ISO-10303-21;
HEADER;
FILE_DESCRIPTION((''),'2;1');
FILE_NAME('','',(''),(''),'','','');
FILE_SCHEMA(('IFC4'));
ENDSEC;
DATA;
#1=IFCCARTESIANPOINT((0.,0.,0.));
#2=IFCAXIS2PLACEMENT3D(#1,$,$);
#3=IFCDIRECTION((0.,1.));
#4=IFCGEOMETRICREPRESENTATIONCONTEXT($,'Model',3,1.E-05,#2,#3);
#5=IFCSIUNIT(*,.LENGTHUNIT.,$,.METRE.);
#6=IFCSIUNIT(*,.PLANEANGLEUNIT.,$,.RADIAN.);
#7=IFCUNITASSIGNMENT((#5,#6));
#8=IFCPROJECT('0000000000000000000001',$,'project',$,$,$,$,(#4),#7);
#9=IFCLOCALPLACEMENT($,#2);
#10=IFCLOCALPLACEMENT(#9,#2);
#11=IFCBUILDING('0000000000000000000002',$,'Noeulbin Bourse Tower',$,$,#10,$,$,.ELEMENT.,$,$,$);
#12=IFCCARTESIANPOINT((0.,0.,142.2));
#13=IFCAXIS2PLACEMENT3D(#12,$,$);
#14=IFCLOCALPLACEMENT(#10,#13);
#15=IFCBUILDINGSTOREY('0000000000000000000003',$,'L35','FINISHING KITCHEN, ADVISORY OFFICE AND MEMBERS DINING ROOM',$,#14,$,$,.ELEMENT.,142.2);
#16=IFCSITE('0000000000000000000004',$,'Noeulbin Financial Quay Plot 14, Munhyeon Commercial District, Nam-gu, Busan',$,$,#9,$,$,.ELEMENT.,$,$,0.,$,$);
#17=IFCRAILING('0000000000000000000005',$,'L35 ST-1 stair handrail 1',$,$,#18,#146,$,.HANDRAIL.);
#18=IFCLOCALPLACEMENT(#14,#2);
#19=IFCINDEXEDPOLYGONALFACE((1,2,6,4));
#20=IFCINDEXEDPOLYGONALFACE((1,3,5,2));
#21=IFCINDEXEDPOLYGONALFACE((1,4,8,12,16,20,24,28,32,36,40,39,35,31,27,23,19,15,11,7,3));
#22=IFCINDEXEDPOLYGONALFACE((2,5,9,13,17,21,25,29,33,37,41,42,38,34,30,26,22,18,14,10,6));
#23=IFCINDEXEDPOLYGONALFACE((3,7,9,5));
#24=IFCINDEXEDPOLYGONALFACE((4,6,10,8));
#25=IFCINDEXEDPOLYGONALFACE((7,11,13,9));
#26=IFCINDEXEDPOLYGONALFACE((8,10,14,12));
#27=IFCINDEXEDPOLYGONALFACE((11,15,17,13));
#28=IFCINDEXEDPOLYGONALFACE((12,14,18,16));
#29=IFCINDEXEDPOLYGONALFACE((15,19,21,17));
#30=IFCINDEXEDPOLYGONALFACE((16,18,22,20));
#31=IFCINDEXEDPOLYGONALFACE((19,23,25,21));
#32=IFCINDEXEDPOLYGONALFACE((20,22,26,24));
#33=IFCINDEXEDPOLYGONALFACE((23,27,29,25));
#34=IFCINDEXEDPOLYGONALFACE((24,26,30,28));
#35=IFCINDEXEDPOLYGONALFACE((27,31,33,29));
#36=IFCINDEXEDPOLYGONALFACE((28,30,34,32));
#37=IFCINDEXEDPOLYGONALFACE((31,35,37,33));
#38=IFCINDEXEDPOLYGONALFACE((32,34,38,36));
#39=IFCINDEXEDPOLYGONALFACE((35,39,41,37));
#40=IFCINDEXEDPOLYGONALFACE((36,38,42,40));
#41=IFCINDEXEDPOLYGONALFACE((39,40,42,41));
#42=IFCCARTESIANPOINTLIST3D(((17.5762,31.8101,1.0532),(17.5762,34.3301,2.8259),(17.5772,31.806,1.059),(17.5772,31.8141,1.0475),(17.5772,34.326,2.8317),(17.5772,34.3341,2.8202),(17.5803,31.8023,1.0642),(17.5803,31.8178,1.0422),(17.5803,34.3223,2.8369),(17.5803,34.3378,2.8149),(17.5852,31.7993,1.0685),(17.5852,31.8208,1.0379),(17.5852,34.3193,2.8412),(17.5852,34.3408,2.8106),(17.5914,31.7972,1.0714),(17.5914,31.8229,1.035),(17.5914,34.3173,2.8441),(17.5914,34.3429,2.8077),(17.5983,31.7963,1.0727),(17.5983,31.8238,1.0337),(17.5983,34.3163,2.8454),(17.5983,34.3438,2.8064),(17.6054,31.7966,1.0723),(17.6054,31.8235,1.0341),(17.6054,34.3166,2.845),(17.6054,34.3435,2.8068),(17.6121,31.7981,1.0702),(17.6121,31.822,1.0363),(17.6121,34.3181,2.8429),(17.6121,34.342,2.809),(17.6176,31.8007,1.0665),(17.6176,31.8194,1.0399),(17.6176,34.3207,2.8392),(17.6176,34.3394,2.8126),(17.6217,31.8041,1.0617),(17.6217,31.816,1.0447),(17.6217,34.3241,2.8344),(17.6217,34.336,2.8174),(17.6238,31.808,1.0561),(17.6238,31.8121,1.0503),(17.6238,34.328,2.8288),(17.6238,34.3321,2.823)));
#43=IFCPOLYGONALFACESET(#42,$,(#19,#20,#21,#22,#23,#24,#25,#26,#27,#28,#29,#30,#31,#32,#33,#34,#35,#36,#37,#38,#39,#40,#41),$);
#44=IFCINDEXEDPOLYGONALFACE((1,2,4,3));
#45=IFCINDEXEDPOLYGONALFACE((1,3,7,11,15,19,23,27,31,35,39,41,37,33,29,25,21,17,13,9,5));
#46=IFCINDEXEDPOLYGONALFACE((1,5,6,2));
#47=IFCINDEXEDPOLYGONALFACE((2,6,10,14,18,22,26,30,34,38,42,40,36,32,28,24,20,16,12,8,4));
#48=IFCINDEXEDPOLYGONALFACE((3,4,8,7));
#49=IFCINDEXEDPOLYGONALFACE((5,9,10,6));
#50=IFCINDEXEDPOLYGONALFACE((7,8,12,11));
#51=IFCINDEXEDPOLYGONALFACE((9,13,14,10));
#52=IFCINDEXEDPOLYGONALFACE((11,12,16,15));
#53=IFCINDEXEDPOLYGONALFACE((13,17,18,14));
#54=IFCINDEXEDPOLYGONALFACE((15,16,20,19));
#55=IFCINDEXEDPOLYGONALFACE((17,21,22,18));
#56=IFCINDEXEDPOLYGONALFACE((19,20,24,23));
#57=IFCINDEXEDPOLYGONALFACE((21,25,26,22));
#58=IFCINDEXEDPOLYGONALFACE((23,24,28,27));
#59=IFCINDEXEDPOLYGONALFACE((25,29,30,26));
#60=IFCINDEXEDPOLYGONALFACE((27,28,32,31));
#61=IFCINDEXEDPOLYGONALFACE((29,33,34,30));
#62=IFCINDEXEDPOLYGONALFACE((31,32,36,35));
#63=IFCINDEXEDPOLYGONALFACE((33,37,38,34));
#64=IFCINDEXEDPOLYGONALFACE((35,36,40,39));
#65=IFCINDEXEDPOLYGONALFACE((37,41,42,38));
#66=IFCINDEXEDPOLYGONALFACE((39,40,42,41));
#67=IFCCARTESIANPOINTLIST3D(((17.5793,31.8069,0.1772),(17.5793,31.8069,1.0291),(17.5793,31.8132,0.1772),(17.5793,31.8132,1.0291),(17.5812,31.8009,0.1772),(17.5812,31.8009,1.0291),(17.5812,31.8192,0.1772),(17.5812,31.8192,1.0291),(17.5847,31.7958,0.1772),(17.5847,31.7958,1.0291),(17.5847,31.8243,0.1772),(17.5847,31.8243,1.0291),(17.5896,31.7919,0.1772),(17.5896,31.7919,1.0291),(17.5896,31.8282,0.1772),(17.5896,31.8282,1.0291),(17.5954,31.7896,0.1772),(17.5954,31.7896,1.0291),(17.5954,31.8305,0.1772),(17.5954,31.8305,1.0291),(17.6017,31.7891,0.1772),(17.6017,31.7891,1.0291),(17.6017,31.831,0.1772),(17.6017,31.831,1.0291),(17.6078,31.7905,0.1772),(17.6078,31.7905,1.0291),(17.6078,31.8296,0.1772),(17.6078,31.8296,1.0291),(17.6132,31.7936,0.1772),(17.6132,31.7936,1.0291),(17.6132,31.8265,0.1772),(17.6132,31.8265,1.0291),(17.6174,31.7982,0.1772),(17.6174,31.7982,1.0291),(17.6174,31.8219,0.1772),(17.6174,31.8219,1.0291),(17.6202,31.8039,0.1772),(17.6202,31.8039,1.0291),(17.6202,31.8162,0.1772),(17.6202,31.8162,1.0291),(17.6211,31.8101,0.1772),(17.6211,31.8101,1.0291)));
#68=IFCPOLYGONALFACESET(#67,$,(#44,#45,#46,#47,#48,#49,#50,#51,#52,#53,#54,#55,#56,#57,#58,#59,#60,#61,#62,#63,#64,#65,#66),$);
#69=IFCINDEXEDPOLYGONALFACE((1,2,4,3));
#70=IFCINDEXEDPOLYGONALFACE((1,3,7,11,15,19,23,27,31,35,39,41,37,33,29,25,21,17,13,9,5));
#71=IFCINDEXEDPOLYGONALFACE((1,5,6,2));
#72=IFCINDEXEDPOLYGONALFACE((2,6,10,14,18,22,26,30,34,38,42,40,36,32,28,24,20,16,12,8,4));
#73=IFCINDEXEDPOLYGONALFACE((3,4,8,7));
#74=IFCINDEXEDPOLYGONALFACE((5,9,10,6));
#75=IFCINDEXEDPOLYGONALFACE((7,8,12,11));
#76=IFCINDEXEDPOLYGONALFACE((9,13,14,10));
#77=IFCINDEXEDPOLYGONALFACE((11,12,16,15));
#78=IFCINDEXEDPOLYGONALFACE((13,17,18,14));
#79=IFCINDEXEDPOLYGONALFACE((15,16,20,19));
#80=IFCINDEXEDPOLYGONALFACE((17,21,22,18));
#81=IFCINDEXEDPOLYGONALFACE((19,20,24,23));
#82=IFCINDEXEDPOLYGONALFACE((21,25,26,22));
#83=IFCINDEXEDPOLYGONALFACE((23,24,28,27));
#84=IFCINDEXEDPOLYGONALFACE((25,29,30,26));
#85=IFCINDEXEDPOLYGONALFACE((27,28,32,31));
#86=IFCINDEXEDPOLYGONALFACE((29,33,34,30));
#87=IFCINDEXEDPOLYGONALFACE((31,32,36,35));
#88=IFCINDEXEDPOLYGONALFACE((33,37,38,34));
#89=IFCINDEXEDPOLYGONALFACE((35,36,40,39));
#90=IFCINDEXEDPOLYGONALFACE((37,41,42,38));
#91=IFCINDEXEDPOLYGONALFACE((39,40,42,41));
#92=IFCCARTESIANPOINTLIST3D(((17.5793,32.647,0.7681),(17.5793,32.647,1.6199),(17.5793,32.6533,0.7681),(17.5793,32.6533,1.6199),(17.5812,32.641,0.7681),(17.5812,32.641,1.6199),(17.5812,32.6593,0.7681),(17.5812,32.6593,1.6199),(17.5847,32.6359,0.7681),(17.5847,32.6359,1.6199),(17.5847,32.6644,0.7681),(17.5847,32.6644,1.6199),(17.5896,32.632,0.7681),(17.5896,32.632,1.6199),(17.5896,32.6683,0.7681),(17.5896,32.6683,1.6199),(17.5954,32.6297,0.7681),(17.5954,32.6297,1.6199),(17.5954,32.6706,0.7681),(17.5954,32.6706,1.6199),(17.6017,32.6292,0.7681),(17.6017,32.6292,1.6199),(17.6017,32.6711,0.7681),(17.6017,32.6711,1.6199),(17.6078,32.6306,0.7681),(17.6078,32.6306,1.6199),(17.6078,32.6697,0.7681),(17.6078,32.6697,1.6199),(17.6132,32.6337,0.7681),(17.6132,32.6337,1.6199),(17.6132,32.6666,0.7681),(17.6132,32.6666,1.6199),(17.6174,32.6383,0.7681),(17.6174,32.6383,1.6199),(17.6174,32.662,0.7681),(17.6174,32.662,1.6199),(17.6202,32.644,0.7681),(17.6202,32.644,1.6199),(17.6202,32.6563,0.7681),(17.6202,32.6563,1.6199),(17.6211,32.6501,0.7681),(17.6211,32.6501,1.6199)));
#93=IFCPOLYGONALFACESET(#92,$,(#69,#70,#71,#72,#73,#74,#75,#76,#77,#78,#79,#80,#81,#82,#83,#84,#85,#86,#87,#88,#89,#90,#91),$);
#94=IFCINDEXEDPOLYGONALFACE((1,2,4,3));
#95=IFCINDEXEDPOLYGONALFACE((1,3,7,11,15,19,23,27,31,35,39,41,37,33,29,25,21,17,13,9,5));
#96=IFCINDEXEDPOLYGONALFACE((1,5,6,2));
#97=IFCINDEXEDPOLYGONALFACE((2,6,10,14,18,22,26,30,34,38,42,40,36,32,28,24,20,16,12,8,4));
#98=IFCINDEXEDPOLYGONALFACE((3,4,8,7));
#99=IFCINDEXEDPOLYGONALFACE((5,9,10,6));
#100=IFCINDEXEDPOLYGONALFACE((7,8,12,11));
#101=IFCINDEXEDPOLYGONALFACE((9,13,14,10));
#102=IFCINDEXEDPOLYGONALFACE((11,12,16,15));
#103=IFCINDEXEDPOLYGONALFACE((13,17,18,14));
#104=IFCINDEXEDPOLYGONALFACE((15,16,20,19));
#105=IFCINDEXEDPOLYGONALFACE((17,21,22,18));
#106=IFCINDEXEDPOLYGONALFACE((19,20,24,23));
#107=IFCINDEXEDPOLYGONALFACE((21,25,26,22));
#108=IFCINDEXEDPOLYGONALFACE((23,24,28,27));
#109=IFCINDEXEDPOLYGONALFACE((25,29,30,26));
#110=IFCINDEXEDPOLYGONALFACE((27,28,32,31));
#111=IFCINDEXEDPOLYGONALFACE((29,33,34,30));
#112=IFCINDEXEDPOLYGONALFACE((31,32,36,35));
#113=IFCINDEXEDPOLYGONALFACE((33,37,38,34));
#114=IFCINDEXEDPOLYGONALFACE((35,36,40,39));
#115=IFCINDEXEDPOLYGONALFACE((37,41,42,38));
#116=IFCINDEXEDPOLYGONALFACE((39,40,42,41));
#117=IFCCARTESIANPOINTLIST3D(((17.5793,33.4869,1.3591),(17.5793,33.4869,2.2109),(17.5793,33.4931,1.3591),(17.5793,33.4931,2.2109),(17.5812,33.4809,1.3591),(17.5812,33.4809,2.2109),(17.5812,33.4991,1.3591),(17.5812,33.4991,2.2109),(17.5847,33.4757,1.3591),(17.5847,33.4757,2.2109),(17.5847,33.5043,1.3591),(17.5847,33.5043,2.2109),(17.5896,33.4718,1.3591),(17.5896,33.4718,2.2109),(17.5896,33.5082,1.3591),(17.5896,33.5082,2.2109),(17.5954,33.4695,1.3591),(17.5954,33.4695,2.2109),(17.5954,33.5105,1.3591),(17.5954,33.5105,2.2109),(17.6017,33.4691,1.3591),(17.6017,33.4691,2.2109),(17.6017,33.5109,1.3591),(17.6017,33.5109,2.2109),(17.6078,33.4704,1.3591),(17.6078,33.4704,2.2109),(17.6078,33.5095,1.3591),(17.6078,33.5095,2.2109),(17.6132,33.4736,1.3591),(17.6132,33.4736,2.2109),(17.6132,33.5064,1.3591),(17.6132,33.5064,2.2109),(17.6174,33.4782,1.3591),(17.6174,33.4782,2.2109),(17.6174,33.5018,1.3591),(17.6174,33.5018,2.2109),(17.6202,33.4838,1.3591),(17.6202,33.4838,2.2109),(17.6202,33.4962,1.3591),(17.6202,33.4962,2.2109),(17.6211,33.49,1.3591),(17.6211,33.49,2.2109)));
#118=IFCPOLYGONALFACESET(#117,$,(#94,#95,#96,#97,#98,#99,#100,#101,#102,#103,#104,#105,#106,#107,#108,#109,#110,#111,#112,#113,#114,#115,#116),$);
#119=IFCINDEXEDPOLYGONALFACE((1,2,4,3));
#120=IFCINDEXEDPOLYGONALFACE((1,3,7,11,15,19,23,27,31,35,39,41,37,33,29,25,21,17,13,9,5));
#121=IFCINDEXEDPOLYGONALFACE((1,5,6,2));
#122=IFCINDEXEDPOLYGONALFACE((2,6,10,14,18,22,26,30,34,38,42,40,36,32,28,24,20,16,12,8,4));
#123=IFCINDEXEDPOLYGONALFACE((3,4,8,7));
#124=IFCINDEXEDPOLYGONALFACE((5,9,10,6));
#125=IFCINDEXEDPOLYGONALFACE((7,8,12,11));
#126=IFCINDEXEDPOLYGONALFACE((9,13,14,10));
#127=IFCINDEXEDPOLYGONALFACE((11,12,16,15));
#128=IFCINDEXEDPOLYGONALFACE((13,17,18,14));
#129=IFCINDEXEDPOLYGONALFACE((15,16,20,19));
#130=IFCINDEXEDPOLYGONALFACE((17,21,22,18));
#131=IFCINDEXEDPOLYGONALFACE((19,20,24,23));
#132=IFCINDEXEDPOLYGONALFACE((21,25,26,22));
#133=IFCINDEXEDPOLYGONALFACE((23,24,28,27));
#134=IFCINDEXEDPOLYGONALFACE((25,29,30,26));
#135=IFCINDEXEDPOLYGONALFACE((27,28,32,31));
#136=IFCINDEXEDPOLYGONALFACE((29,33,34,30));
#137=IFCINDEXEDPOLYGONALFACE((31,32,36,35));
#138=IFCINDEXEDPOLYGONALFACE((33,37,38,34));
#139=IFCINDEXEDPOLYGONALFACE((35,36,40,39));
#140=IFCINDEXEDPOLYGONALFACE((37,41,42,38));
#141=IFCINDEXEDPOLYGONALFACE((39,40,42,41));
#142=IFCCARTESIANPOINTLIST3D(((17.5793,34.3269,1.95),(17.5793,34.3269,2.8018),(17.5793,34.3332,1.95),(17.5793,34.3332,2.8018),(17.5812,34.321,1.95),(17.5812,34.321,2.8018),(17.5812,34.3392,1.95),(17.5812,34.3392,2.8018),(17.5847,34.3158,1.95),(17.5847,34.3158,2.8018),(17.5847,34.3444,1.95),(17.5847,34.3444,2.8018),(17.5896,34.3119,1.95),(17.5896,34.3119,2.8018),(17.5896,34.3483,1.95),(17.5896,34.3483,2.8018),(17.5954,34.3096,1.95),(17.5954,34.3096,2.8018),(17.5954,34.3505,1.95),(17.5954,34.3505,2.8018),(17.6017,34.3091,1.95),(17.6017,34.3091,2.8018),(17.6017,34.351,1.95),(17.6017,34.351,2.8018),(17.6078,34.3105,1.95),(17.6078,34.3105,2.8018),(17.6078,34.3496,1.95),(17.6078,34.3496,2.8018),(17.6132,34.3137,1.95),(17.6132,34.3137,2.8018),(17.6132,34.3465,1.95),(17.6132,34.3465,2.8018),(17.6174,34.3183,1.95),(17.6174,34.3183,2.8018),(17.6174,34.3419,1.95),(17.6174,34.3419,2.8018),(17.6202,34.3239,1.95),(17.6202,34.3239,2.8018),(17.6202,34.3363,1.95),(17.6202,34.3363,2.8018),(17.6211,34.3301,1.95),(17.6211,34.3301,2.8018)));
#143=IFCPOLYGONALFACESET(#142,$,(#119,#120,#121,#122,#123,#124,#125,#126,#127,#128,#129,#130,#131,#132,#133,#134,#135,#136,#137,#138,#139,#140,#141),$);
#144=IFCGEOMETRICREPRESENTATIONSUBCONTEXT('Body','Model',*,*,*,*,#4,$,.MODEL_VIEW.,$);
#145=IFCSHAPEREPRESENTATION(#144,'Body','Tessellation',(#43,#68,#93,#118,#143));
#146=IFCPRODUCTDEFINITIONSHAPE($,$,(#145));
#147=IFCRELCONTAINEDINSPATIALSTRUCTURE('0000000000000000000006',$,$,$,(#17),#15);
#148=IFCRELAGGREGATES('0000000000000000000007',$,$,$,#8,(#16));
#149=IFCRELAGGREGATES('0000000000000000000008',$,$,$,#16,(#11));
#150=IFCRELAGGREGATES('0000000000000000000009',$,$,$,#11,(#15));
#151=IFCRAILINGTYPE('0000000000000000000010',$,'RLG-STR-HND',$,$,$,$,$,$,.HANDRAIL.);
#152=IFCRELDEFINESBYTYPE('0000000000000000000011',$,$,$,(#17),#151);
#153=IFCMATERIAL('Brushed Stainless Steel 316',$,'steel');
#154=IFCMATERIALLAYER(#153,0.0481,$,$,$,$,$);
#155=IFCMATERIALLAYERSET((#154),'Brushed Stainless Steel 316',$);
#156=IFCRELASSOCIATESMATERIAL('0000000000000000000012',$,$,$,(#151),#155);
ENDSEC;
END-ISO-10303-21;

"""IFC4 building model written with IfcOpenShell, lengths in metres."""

from ifc_helpers import new_model, si_unit, direction, frame, origin, origin_2d, place, context, subcontext, project, spatial, circle, extrude, material, layer, layer_set, type_object, element, save


model = new_model("IFC4")

# Units and contexts
model_context = context("Model", 3, precision=1e-05, world=origin(), true_north=direction((0.0, 1.0)))
body_context = subcontext(model_context, "Body", "Model", "MODEL_VIEW")
ifc_project = project(units=[si_unit("LENGTHUNIT", "METRE"), si_unit("PLANEANGLEUNIT", "RADIAN")], contexts=[model_context])

# Site, building, storey
site_placement = place(None, origin())
site = spatial("IfcSite", under=ifc_project, at=site_placement, Name="Noeulbin Financial Quay Plot 14, Munhyeon Commercial District, Nam-gu, Busan", CompositionType="ELEMENT", RefElevation=0.0)
building_placement = place(site_placement, origin())
building = spatial("IfcBuilding", under=site, at=building_placement, Name="Noeulbin Bourse Tower", CompositionType="ELEMENT")
storey_placement = place(building_placement, frame((0.0, 0.0, 142.2)))
storey = spatial("IfcBuildingStorey", under=building, at=storey_placement, Name="L35", Description="FINISHING KITCHEN, ADVISORY OFFICE AND MEMBERS DINING ROOM", CompositionType="ELEMENT", Elevation=142.2)

# Shared definitions
ifc_material_1 = material(Name="Brushed Stainless Steel 316", Category="steel")

# Railing
ifc_layer_1 = layer(ifc_material_1, 0.0481)
ifc_layer_set_1 = layer_set([ifc_layer_1], Name="Brushed Stainless Steel 316")
railing_type_1 = type_object("IfcRailingType", Name="RLG-STR-HND", PredefinedType="HANDRAIL", material=ifc_layer_set_1)
railing_1_placement = place(storey_placement, frame((17.6001, 31.8101, 0.1772)))
element("IfcRailing", 1, at=railing_1_placement, inside=storey, type_object=railing_type_1, Name="L35 ST-1 stair handrail 1", PredefinedType="HANDRAIL", context=body_context, shape_type="SweptSolid", body=[
    extrude(circle(Radius=0.0239, at=origin_2d()), frame((0.0, 0.0, 0.876), z_axis=(0.0, 0.817904, 0.575354), x_axis=(-1.0, 0.0, 0.0)), (0.0, 0.0, 1.0), 3.0811),
    extrude(circle(Radius=0.021, at=origin_2d()), origin(), (0.0, 0.0, 1.0), 0.8518),
    extrude(circle(Radius=0.021, at=origin_2d()), frame((0.0, 0.8401, 0.5908)), (0.0, 0.0, 1.0), 0.8518),
    extrude(circle(Radius=0.021, at=origin_2d()), frame((0.0, 1.6799, 1.1819)), (0.0, 0.0, 1.0), 0.8518),
    extrude(circle(Radius=0.021, at=origin_2d()), frame((0.0, 2.52, 1.7727)), (0.0, 0.0, 1.0), 0.8518),
])

save(model, "model.ifc")
